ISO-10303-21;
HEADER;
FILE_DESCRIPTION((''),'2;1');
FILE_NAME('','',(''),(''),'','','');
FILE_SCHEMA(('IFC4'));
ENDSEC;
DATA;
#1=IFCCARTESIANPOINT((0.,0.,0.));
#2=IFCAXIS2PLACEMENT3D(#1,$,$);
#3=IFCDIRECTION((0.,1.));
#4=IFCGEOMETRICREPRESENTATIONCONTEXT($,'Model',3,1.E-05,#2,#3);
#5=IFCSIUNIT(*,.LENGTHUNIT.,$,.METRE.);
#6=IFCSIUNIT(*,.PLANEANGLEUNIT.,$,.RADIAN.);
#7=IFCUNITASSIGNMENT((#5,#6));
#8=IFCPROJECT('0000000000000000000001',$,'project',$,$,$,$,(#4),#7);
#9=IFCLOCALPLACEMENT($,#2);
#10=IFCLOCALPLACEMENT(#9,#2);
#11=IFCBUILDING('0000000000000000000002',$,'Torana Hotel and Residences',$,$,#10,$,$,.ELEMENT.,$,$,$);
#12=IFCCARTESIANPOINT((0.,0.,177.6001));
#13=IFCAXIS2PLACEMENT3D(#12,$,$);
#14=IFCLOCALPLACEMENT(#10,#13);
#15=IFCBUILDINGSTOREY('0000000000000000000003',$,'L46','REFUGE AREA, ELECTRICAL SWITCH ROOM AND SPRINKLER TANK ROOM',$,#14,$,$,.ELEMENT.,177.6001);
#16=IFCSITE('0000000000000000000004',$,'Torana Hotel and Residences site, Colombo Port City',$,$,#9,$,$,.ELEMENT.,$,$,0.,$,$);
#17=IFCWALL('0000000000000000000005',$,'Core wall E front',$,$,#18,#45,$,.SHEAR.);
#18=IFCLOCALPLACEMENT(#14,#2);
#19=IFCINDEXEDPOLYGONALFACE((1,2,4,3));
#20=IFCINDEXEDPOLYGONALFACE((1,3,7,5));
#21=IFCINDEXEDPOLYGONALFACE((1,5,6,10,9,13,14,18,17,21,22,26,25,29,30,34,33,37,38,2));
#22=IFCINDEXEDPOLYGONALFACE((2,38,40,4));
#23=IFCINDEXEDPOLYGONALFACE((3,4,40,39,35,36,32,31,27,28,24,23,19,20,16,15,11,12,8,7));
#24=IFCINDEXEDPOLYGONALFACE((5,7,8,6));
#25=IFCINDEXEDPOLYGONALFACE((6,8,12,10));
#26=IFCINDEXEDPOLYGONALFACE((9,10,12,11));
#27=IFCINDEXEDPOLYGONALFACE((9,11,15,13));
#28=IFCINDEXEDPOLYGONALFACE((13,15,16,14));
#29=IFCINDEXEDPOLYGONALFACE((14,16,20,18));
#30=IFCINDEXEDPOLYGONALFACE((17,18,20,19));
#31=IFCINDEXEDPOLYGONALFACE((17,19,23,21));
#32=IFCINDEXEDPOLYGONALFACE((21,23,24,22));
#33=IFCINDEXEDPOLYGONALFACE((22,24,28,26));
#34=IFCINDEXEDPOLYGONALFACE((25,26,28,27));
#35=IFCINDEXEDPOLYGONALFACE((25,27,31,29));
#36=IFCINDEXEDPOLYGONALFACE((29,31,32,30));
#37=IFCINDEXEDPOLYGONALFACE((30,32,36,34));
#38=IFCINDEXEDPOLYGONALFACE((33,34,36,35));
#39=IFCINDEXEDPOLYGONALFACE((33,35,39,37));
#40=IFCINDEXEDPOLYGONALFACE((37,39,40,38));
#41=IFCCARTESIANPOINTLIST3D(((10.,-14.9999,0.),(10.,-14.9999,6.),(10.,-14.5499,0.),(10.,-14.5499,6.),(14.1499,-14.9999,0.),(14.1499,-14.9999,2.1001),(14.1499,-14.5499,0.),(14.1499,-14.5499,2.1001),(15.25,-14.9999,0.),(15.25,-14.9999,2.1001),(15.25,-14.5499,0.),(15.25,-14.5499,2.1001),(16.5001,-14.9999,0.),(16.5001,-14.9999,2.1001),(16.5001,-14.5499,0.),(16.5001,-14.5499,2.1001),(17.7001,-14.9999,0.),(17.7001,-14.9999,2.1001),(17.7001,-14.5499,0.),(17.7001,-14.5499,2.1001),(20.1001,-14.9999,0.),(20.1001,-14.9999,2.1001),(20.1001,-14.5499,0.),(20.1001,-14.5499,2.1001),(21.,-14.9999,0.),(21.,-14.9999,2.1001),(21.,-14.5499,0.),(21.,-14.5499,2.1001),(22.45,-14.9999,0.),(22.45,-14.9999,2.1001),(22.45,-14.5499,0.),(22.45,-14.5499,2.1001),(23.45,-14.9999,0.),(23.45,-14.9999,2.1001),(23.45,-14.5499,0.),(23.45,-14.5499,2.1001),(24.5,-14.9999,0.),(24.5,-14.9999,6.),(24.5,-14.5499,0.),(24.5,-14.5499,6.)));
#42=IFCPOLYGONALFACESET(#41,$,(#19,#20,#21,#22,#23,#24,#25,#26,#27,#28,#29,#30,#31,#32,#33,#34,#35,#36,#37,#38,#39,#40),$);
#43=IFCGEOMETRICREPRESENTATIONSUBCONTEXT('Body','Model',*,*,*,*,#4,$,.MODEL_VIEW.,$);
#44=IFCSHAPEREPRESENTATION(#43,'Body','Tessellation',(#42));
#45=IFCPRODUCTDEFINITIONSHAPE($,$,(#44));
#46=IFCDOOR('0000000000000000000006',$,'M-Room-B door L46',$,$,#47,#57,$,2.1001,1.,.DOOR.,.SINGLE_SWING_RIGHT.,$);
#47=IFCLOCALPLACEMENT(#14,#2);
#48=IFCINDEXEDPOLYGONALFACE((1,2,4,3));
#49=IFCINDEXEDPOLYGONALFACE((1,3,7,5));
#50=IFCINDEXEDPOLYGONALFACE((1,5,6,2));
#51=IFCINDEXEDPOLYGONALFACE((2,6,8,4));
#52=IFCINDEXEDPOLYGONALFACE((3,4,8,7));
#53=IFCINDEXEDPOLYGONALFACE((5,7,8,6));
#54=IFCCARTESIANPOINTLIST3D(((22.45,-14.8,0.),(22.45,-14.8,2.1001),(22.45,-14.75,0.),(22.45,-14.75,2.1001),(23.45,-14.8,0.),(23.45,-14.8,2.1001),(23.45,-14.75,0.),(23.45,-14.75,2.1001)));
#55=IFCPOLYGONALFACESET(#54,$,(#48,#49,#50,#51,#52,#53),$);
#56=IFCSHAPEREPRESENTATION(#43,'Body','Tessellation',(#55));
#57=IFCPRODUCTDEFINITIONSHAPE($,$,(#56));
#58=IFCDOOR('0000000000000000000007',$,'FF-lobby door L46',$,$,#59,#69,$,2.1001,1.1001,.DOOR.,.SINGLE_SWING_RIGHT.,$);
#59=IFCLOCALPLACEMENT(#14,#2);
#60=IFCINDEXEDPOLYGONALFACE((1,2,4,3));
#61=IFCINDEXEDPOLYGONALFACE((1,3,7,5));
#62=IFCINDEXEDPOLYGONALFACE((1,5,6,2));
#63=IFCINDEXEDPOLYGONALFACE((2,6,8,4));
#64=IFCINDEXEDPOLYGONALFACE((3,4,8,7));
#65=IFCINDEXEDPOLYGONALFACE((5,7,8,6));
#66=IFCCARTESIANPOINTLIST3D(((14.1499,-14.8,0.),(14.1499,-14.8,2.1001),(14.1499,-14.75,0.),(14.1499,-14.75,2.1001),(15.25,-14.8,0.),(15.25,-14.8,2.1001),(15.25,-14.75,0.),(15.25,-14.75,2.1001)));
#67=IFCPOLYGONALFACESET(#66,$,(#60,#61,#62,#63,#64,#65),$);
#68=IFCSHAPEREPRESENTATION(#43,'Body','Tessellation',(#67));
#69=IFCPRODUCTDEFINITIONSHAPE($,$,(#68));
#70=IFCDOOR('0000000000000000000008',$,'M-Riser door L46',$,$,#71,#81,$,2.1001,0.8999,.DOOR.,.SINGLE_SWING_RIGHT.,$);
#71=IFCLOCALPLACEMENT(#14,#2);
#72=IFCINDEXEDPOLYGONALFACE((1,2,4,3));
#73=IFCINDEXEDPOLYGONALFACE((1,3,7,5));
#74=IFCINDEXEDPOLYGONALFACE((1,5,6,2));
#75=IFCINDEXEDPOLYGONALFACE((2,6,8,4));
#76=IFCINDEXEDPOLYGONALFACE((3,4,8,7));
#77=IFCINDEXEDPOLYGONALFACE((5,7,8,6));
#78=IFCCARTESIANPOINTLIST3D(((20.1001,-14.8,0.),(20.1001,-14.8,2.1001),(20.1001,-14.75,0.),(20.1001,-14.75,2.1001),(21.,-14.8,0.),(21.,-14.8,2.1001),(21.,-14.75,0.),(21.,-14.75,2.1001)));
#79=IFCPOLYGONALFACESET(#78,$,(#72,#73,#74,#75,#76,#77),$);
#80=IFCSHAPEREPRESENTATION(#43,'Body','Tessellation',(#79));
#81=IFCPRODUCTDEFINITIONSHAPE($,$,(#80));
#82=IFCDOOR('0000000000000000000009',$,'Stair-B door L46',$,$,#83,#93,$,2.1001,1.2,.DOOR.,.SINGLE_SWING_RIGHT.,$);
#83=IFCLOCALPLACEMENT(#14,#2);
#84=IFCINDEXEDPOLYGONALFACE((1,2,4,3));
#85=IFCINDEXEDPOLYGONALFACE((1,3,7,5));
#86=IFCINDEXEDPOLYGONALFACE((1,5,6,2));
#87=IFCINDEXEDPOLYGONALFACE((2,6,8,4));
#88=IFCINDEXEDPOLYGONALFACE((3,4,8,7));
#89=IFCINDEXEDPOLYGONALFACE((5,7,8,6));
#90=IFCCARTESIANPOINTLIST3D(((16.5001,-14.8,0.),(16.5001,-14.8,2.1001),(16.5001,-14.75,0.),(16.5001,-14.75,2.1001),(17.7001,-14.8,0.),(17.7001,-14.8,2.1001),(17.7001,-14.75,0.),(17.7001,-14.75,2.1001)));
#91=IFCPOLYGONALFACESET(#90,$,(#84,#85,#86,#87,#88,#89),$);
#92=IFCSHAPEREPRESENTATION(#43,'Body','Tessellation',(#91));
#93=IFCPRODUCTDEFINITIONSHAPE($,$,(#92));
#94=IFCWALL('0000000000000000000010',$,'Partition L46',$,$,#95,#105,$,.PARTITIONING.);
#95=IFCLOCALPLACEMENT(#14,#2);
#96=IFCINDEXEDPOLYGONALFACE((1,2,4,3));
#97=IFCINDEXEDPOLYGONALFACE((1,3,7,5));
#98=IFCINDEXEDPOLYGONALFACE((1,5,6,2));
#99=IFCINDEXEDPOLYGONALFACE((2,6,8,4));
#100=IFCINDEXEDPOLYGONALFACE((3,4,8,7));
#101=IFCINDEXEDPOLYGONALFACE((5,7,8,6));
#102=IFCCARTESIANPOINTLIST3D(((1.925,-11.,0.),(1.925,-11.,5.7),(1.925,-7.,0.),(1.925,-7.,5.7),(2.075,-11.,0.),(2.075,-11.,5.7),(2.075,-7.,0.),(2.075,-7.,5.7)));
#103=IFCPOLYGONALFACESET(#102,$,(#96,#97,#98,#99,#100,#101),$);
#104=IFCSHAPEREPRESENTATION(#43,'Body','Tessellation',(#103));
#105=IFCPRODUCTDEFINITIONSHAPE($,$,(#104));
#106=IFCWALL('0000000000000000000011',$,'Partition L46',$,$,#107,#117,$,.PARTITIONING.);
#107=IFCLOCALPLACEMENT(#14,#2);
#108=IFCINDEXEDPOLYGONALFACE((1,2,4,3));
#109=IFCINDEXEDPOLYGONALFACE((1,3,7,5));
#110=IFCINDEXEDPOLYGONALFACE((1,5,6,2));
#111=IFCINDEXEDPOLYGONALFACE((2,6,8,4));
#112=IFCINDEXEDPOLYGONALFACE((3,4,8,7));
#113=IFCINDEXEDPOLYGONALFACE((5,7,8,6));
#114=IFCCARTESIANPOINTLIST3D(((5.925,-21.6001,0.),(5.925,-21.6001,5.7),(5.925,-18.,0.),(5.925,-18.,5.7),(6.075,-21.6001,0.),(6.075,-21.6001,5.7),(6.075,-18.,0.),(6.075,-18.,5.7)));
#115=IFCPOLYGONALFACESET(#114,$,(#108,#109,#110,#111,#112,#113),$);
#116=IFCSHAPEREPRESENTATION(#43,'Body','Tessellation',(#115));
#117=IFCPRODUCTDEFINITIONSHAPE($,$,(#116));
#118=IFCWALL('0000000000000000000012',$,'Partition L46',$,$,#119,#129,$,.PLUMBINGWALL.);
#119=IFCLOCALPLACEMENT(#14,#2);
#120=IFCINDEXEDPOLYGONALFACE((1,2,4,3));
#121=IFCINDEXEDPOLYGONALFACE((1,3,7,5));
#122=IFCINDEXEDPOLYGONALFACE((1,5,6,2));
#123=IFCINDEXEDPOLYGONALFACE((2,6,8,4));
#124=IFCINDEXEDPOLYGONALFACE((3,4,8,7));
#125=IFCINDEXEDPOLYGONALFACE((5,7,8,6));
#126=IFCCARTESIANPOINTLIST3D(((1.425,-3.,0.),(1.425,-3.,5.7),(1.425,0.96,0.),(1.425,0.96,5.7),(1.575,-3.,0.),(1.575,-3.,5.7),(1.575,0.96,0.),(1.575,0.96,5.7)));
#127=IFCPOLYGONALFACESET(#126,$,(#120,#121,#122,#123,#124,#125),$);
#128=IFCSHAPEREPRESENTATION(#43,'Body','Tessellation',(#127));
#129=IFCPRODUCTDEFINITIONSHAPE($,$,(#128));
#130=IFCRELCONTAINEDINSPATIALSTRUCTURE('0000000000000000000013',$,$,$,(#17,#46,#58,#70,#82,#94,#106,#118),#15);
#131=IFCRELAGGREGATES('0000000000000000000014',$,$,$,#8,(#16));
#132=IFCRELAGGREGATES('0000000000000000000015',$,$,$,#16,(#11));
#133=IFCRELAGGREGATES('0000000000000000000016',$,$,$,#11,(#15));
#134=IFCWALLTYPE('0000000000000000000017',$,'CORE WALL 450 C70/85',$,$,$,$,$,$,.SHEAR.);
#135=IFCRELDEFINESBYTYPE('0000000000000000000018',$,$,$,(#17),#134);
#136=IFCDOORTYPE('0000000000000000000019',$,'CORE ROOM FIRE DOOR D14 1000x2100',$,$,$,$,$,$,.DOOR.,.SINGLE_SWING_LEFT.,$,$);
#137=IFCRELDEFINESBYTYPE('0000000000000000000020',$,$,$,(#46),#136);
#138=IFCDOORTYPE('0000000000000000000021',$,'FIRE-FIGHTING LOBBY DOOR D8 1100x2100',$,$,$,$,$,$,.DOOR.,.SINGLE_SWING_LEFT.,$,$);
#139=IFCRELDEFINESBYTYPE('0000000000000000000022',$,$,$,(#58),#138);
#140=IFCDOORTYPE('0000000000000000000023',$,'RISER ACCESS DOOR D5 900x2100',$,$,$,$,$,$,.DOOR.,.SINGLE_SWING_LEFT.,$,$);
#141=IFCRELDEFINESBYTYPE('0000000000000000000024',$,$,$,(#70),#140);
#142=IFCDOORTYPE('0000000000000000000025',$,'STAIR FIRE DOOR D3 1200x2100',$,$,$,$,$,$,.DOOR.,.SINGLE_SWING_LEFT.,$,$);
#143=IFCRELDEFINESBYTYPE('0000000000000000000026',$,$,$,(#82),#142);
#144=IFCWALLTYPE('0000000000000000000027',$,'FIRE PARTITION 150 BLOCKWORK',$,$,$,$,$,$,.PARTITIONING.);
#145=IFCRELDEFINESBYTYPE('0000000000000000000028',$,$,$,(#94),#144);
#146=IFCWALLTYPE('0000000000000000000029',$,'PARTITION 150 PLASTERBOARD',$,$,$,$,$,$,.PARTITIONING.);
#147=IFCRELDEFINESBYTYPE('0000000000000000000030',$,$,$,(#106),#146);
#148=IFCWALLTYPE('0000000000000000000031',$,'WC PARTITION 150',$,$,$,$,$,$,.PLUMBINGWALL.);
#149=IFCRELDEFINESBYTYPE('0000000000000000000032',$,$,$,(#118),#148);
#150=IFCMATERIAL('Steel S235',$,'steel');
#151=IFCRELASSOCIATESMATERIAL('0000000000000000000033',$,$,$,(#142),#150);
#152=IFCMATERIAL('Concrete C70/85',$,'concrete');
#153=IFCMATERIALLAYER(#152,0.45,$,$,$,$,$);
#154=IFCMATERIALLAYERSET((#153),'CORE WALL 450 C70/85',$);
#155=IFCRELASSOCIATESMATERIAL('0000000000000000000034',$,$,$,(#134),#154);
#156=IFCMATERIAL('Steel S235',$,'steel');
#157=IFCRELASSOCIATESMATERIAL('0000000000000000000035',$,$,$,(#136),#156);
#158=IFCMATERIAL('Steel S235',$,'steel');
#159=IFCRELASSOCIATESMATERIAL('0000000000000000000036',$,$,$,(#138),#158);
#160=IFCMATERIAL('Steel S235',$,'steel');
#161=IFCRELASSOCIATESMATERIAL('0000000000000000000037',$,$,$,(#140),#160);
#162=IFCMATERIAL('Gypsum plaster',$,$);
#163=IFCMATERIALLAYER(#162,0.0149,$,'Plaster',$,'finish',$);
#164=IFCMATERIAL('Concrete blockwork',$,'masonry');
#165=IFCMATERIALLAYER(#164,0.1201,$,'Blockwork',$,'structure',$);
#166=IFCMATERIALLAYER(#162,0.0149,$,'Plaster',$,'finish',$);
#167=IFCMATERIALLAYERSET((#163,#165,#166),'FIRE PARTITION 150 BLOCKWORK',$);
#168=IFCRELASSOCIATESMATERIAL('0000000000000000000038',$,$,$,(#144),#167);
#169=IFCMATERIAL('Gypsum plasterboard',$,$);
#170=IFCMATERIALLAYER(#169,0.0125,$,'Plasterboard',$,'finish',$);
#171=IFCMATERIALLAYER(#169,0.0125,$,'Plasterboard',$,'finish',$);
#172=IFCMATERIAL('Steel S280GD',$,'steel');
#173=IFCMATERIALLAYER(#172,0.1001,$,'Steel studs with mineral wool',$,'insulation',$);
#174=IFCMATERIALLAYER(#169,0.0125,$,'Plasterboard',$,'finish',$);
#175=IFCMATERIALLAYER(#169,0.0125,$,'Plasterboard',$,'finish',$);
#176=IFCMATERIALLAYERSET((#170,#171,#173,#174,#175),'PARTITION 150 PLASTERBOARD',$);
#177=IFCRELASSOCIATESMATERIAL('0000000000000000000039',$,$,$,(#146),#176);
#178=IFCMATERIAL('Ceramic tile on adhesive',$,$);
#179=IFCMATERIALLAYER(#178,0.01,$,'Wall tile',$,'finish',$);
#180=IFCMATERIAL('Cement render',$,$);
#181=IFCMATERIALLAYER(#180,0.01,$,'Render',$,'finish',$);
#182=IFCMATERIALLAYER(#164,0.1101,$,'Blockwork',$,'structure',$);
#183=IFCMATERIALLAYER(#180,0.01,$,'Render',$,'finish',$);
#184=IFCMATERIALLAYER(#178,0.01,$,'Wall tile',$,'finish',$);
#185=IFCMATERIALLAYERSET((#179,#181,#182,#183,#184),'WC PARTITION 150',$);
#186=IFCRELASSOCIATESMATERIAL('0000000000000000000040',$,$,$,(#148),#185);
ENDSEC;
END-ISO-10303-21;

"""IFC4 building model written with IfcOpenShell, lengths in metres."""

from ifc_helpers import new_model, si_unit, direction, frame, frame_2d, origin, place, context, subcontext, project, spatial, rectangle, extrude, material, layer, layer_set, type_object, element, fill, save


model = new_model("IFC4")

# Units and contexts
model_context = context("Model", 3, precision=1e-05, world=origin(), true_north=direction((0.0, 1.0)))
body_context = subcontext(model_context, "Body", "Model", "MODEL_VIEW")
ifc_project = project(units=[si_unit("LENGTHUNIT", "METRE"), si_unit("PLANEANGLEUNIT", "RADIAN")], contexts=[model_context])

# Site, building, storey
site_placement = place(None, origin())
site = spatial("IfcSite", under=ifc_project, at=site_placement, Name="Torana Hotel and Residences site, Colombo Port City", CompositionType="ELEMENT", RefElevation=0.0)
building_placement = place(site_placement, origin())
building = spatial("IfcBuilding", under=site, at=building_placement, Name="Torana Hotel and Residences", CompositionType="ELEMENT")
storey_placement = place(building_placement, frame((0.0, 0.0, 177.6001)))
storey = spatial("IfcBuildingStorey", under=building, at=storey_placement, Name="L46", Description="REFUGE AREA, ELECTRICAL SWITCH ROOM AND SPRINKLER TANK ROOM", CompositionType="ELEMENT", Elevation=177.6001)

# Wall, openings, doors
ifc_material_1 = material(Name="Steel S235", Category="steel")
door_type_1 = type_object("IfcDoorType", Name="STAIR FIRE DOOR D3 1200x2100", OperationType="SINGLE_SWING_LEFT", PredefinedType="DOOR", material=ifc_material_1)
ifc_material_2 = material(Name="Concrete C70/85", Category="concrete")
ifc_layer_1 = layer(ifc_material_2, 0.45)
ifc_layer_set_1 = layer_set([ifc_layer_1], Name="CORE WALL 450 C70/85")
wall_type_1 = type_object("IfcWallType", Name="CORE WALL 450 C70/85", PredefinedType="SHEAR", material=ifc_layer_set_1)
wall_1_placement = place(storey_placement, frame((10.0, -14.7749, 0.0), z_axis=(0.0, 0.0, 1.0), x_axis=(1.0, 0.0, 0.0)))
wall_1 = element("IfcWall", 1, at=wall_1_placement, inside=storey, type_object=wall_type_1, Name="Core wall E front", PredefinedType="SHEAR", context=body_context, shape_type="SweptSolid", body=[
    extrude(rectangle(XDim=14.5, YDim=0.45, at=frame_2d((7.25, 0.0))), origin(), (0.0, 0.0, 1.0), 6.0),
])
opening_1_placement = place(wall_1_placement, frame((6.5, 0.0, 0.0)))
opening_1 = element("IfcOpeningElement", 2, at=opening_1_placement, cuts=wall_1, PredefinedType="OPENING", context=body_context, shape_type="SweptSolid", body=[
    extrude(rectangle(XDim=1.2, YDim=2.1001, at=frame_2d((0.6001, 1.05))), frame((0.0, 0.2349, 0.0), z_axis=(0.0, -1.0, 0.0), x_axis=(1.0, 0.0, 0.0)), (0.0, 0.0, 1.0), 0.47),
])
opening_2_placement = place(wall_1_placement, frame((4.1499, 0.0, 0.0)))
opening_2 = element("IfcOpeningElement", 3, at=opening_2_placement, cuts=wall_1, PredefinedType="OPENING", context=body_context, shape_type="SweptSolid", body=[
    extrude(rectangle(XDim=1.1001, YDim=2.1001, at=frame_2d((0.55, 1.05))), frame((0.0, 0.2349, 0.0), z_axis=(0.0, -1.0, 0.0), x_axis=(1.0, 0.0, 0.0)), (0.0, 0.0, 1.0), 0.47),
])
opening_3_placement = place(wall_1_placement, frame((10.1001, 0.0, 0.0)))
opening_3 = element("IfcOpeningElement", 4, at=opening_3_placement, cuts=wall_1, PredefinedType="OPENING", context=body_context, shape_type="SweptSolid", body=[
    extrude(rectangle(XDim=0.8999, YDim=2.1001, at=frame_2d((0.45, 1.05))), frame((0.0, 0.2349, 0.0), z_axis=(0.0, -1.0, 0.0), x_axis=(1.0, 0.0, 0.0)), (0.0, 0.0, 1.0), 0.47),
])
opening_4_placement = place(wall_1_placement, frame((12.45, 0.0, 0.0)))
opening_4 = element("IfcOpeningElement", 5, at=opening_4_placement, cuts=wall_1, PredefinedType="OPENING", context=body_context, shape_type="SweptSolid", body=[
    extrude(rectangle(XDim=1.0, YDim=2.1001, at=frame_2d((0.5, 1.05))), frame((0.0, 0.2349, 0.0), z_axis=(0.0, -1.0, 0.0), x_axis=(1.0, 0.0, 0.0)), (0.0, 0.0, 1.0), 0.47),
])
ifc_material_3 = material(Name="Steel S235", Category="steel")
door_type_2 = type_object("IfcDoorType", Name="CORE ROOM FIRE DOOR D14 1000x2100", OperationType="SINGLE_SWING_LEFT", PredefinedType="DOOR", material=ifc_material_3)
door_1_placement = place(opening_4_placement, origin())
door_1 = element("IfcDoor", 6, at=door_1_placement, inside=storey, type_object=door_type_2, Name="M-Room-B door L46", OperationType="SINGLE_SWING_RIGHT", OverallHeight=2.1001, OverallWidth=1.0, PredefinedType="DOOR", context=body_context, shape_type="SweptSolid", body=[
    extrude(rectangle(XDim=1.0, YDim=2.1001, at=frame_2d((0.5, 1.05))), frame((0.0, 0.0249, 0.0), z_axis=(0.0, -1.0, 0.0), x_axis=(1.0, 0.0, 0.0)), (0.0, 0.0, 1.0), 0.05),
])
fill(opening_4, door_1)
ifc_material_4 = material(Name="Steel S235", Category="steel")
door_type_3 = type_object("IfcDoorType", Name="FIRE-FIGHTING LOBBY DOOR D8 1100x2100", OperationType="SINGLE_SWING_LEFT", PredefinedType="DOOR", material=ifc_material_4)
door_2_placement = place(opening_2_placement, origin())
door_2 = element("IfcDoor", 7, at=door_2_placement, inside=storey, type_object=door_type_3, Name="FF-lobby door L46", OperationType="SINGLE_SWING_RIGHT", OverallHeight=2.1001, OverallWidth=1.1001, PredefinedType="DOOR", context=body_context, shape_type="SweptSolid", body=[
    extrude(rectangle(XDim=1.1001, YDim=2.1001, at=frame_2d((0.55, 1.05))), frame((0.0, 0.0249, 0.0), z_axis=(0.0, -1.0, 0.0), x_axis=(1.0, 0.0, 0.0)), (0.0, 0.0, 1.0), 0.05),
])
fill(opening_2, door_2)
ifc_material_5 = material(Name="Steel S235", Category="steel")
door_type_4 = type_object("IfcDoorType", Name="RISER ACCESS DOOR D5 900x2100", OperationType="SINGLE_SWING_LEFT", PredefinedType="DOOR", material=ifc_material_5)
door_3_placement = place(opening_3_placement, origin())
door_3 = element("IfcDoor", 8, at=door_3_placement, inside=storey, type_object=door_type_4, Name="M-Riser door L46", OperationType="SINGLE_SWING_RIGHT", OverallHeight=2.1001, OverallWidth=0.8999, PredefinedType="DOOR", context=body_context, shape_type="SweptSolid", body=[
    extrude(rectangle(XDim=0.8999, YDim=2.1001, at=frame_2d((0.45, 1.05))), frame((0.0, 0.0249, 0.0), z_axis=(0.0, -1.0, 0.0), x_axis=(1.0, 0.0, 0.0)), (0.0, 0.0, 1.0), 0.05),
])
fill(opening_3, door_3)
door_4_placement = place(opening_1_placement, origin())
door_4 = element("IfcDoor", 9, at=door_4_placement, inside=storey, type_object=door_type_1, Name="Stair-B door L46", OperationType="SINGLE_SWING_RIGHT", OverallHeight=2.1001, OverallWidth=1.2, PredefinedType="DOOR", context=body_context, shape_type="SweptSolid", body=[
    extrude(rectangle(XDim=1.2, YDim=2.1001, at=frame_2d((0.6001, 1.05))), frame((0.0, 0.0249, 0.0), z_axis=(0.0, -1.0, 0.0), x_axis=(1.0, 0.0, 0.0)), (0.0, 0.0, 1.0), 0.05),
])
fill(opening_1, door_4)

# Walls
ifc_material_6 = material(Name="Gypsum plaster")
ifc_layer_2 = layer(ifc_material_6, 0.0149, Name="Plaster", Category="finish")
ifc_material_7 = material(Name="Concrete blockwork", Category="masonry")
ifc_layer_3 = layer(ifc_material_7, 0.1201, Name="Blockwork", Category="structure")
ifc_layer_4 = layer(ifc_material_6, 0.0149, Name="Plaster", Category="finish")
ifc_layer_set_2 = layer_set([ifc_layer_2, ifc_layer_3, ifc_layer_4], Name="FIRE PARTITION 150 BLOCKWORK")
wall_type_2 = type_object("IfcWallType", Name="FIRE PARTITION 150 BLOCKWORK", PredefinedType="PARTITIONING", material=ifc_layer_set_2)
wall_2_placement = place(storey_placement, frame((2.0, -11.0, 0.0), z_axis=(0.0, 0.0, 1.0), x_axis=(0.0, 1.0, 0.0)))
element("IfcWall", 10, at=wall_2_placement, inside=storey, type_object=wall_type_2, Name="Partition L46", PredefinedType="PARTITIONING", context=body_context, shape_type="SweptSolid", body=[
    extrude(rectangle(XDim=4.0, YDim=0.1499, at=frame_2d((2.0, 0.0))), origin(), (0.0, 0.0, 1.0), 5.7),
])
ifc_material_8 = material(Name="Gypsum plasterboard")
ifc_layer_5 = layer(ifc_material_8, 0.0125, Name="Plasterboard", Category="finish")
ifc_layer_6 = layer(ifc_material_8, 0.0125, Name="Plasterboard", Category="finish")
ifc_material_9 = material(Name="Steel S280GD", Category="steel")
ifc_layer_7 = layer(ifc_material_9, 0.1001, Name="Steel studs with mineral wool", Category="insulation")
ifc_layer_8 = layer(ifc_material_8, 0.0125, Name="Plasterboard", Category="finish")
ifc_layer_9 = layer(ifc_material_8, 0.0125, Name="Plasterboard", Category="finish")
ifc_layer_set_3 = layer_set([ifc_layer_5, ifc_layer_6, ifc_layer_7, ifc_layer_8, ifc_layer_9], Name="PARTITION 150 PLASTERBOARD")
wall_type_3 = type_object("IfcWallType", Name="PARTITION 150 PLASTERBOARD", PredefinedType="PARTITIONING", material=ifc_layer_set_3)
wall_3_placement = place(storey_placement, frame((6.0, -21.6001, 0.0), z_axis=(0.0, 0.0, 1.0), x_axis=(0.0, 1.0, 0.0)))
element("IfcWall", 11, at=wall_3_placement, inside=storey, type_object=wall_type_3, Name="Partition L46", PredefinedType="PARTITIONING", context=body_context, shape_type="SweptSolid", body=[
    extrude(rectangle(XDim=3.6001, YDim=0.1499, at=frame_2d((1.8, 0.0))), origin(), (0.0, 0.0, 1.0), 5.7),
])
ifc_material_10 = material(Name="Ceramic tile on adhesive")
ifc_layer_10 = layer(ifc_material_10, 0.01, Name="Wall tile", Category="finish")
ifc_material_11 = material(Name="Cement render")
ifc_layer_11 = layer(ifc_material_11, 0.01, Name="Render", Category="finish")
ifc_layer_12 = layer(ifc_material_7, 0.1101, Name="Blockwork", Category="structure")
ifc_layer_13 = layer(ifc_material_11, 0.01, Name="Render", Category="finish")
ifc_layer_14 = layer(ifc_material_10, 0.01, Name="Wall tile", Category="finish")
ifc_layer_set_4 = layer_set([ifc_layer_10, ifc_layer_11, ifc_layer_12, ifc_layer_13, ifc_layer_14], Name="WC PARTITION 150")
wall_type_4 = type_object("IfcWallType", Name="WC PARTITION 150", PredefinedType="PLUMBINGWALL", material=ifc_layer_set_4)
wall_4_placement = place(storey_placement, frame((1.5, -3.0, 0.0), z_axis=(0.0, 0.0, 1.0), x_axis=(0.0, 1.0, 0.0)))
element("IfcWall", 12, at=wall_4_placement, inside=storey, type_object=wall_type_4, Name="Partition L46", PredefinedType="PLUMBINGWALL", context=body_context, shape_type="SweptSolid", body=[
    extrude(rectangle(XDim=3.96, YDim=0.1499, at=frame_2d((1.98, 0.0))), origin(), (0.0, 0.0, 1.0), 5.7),
])

save(model, "model.ifc")
